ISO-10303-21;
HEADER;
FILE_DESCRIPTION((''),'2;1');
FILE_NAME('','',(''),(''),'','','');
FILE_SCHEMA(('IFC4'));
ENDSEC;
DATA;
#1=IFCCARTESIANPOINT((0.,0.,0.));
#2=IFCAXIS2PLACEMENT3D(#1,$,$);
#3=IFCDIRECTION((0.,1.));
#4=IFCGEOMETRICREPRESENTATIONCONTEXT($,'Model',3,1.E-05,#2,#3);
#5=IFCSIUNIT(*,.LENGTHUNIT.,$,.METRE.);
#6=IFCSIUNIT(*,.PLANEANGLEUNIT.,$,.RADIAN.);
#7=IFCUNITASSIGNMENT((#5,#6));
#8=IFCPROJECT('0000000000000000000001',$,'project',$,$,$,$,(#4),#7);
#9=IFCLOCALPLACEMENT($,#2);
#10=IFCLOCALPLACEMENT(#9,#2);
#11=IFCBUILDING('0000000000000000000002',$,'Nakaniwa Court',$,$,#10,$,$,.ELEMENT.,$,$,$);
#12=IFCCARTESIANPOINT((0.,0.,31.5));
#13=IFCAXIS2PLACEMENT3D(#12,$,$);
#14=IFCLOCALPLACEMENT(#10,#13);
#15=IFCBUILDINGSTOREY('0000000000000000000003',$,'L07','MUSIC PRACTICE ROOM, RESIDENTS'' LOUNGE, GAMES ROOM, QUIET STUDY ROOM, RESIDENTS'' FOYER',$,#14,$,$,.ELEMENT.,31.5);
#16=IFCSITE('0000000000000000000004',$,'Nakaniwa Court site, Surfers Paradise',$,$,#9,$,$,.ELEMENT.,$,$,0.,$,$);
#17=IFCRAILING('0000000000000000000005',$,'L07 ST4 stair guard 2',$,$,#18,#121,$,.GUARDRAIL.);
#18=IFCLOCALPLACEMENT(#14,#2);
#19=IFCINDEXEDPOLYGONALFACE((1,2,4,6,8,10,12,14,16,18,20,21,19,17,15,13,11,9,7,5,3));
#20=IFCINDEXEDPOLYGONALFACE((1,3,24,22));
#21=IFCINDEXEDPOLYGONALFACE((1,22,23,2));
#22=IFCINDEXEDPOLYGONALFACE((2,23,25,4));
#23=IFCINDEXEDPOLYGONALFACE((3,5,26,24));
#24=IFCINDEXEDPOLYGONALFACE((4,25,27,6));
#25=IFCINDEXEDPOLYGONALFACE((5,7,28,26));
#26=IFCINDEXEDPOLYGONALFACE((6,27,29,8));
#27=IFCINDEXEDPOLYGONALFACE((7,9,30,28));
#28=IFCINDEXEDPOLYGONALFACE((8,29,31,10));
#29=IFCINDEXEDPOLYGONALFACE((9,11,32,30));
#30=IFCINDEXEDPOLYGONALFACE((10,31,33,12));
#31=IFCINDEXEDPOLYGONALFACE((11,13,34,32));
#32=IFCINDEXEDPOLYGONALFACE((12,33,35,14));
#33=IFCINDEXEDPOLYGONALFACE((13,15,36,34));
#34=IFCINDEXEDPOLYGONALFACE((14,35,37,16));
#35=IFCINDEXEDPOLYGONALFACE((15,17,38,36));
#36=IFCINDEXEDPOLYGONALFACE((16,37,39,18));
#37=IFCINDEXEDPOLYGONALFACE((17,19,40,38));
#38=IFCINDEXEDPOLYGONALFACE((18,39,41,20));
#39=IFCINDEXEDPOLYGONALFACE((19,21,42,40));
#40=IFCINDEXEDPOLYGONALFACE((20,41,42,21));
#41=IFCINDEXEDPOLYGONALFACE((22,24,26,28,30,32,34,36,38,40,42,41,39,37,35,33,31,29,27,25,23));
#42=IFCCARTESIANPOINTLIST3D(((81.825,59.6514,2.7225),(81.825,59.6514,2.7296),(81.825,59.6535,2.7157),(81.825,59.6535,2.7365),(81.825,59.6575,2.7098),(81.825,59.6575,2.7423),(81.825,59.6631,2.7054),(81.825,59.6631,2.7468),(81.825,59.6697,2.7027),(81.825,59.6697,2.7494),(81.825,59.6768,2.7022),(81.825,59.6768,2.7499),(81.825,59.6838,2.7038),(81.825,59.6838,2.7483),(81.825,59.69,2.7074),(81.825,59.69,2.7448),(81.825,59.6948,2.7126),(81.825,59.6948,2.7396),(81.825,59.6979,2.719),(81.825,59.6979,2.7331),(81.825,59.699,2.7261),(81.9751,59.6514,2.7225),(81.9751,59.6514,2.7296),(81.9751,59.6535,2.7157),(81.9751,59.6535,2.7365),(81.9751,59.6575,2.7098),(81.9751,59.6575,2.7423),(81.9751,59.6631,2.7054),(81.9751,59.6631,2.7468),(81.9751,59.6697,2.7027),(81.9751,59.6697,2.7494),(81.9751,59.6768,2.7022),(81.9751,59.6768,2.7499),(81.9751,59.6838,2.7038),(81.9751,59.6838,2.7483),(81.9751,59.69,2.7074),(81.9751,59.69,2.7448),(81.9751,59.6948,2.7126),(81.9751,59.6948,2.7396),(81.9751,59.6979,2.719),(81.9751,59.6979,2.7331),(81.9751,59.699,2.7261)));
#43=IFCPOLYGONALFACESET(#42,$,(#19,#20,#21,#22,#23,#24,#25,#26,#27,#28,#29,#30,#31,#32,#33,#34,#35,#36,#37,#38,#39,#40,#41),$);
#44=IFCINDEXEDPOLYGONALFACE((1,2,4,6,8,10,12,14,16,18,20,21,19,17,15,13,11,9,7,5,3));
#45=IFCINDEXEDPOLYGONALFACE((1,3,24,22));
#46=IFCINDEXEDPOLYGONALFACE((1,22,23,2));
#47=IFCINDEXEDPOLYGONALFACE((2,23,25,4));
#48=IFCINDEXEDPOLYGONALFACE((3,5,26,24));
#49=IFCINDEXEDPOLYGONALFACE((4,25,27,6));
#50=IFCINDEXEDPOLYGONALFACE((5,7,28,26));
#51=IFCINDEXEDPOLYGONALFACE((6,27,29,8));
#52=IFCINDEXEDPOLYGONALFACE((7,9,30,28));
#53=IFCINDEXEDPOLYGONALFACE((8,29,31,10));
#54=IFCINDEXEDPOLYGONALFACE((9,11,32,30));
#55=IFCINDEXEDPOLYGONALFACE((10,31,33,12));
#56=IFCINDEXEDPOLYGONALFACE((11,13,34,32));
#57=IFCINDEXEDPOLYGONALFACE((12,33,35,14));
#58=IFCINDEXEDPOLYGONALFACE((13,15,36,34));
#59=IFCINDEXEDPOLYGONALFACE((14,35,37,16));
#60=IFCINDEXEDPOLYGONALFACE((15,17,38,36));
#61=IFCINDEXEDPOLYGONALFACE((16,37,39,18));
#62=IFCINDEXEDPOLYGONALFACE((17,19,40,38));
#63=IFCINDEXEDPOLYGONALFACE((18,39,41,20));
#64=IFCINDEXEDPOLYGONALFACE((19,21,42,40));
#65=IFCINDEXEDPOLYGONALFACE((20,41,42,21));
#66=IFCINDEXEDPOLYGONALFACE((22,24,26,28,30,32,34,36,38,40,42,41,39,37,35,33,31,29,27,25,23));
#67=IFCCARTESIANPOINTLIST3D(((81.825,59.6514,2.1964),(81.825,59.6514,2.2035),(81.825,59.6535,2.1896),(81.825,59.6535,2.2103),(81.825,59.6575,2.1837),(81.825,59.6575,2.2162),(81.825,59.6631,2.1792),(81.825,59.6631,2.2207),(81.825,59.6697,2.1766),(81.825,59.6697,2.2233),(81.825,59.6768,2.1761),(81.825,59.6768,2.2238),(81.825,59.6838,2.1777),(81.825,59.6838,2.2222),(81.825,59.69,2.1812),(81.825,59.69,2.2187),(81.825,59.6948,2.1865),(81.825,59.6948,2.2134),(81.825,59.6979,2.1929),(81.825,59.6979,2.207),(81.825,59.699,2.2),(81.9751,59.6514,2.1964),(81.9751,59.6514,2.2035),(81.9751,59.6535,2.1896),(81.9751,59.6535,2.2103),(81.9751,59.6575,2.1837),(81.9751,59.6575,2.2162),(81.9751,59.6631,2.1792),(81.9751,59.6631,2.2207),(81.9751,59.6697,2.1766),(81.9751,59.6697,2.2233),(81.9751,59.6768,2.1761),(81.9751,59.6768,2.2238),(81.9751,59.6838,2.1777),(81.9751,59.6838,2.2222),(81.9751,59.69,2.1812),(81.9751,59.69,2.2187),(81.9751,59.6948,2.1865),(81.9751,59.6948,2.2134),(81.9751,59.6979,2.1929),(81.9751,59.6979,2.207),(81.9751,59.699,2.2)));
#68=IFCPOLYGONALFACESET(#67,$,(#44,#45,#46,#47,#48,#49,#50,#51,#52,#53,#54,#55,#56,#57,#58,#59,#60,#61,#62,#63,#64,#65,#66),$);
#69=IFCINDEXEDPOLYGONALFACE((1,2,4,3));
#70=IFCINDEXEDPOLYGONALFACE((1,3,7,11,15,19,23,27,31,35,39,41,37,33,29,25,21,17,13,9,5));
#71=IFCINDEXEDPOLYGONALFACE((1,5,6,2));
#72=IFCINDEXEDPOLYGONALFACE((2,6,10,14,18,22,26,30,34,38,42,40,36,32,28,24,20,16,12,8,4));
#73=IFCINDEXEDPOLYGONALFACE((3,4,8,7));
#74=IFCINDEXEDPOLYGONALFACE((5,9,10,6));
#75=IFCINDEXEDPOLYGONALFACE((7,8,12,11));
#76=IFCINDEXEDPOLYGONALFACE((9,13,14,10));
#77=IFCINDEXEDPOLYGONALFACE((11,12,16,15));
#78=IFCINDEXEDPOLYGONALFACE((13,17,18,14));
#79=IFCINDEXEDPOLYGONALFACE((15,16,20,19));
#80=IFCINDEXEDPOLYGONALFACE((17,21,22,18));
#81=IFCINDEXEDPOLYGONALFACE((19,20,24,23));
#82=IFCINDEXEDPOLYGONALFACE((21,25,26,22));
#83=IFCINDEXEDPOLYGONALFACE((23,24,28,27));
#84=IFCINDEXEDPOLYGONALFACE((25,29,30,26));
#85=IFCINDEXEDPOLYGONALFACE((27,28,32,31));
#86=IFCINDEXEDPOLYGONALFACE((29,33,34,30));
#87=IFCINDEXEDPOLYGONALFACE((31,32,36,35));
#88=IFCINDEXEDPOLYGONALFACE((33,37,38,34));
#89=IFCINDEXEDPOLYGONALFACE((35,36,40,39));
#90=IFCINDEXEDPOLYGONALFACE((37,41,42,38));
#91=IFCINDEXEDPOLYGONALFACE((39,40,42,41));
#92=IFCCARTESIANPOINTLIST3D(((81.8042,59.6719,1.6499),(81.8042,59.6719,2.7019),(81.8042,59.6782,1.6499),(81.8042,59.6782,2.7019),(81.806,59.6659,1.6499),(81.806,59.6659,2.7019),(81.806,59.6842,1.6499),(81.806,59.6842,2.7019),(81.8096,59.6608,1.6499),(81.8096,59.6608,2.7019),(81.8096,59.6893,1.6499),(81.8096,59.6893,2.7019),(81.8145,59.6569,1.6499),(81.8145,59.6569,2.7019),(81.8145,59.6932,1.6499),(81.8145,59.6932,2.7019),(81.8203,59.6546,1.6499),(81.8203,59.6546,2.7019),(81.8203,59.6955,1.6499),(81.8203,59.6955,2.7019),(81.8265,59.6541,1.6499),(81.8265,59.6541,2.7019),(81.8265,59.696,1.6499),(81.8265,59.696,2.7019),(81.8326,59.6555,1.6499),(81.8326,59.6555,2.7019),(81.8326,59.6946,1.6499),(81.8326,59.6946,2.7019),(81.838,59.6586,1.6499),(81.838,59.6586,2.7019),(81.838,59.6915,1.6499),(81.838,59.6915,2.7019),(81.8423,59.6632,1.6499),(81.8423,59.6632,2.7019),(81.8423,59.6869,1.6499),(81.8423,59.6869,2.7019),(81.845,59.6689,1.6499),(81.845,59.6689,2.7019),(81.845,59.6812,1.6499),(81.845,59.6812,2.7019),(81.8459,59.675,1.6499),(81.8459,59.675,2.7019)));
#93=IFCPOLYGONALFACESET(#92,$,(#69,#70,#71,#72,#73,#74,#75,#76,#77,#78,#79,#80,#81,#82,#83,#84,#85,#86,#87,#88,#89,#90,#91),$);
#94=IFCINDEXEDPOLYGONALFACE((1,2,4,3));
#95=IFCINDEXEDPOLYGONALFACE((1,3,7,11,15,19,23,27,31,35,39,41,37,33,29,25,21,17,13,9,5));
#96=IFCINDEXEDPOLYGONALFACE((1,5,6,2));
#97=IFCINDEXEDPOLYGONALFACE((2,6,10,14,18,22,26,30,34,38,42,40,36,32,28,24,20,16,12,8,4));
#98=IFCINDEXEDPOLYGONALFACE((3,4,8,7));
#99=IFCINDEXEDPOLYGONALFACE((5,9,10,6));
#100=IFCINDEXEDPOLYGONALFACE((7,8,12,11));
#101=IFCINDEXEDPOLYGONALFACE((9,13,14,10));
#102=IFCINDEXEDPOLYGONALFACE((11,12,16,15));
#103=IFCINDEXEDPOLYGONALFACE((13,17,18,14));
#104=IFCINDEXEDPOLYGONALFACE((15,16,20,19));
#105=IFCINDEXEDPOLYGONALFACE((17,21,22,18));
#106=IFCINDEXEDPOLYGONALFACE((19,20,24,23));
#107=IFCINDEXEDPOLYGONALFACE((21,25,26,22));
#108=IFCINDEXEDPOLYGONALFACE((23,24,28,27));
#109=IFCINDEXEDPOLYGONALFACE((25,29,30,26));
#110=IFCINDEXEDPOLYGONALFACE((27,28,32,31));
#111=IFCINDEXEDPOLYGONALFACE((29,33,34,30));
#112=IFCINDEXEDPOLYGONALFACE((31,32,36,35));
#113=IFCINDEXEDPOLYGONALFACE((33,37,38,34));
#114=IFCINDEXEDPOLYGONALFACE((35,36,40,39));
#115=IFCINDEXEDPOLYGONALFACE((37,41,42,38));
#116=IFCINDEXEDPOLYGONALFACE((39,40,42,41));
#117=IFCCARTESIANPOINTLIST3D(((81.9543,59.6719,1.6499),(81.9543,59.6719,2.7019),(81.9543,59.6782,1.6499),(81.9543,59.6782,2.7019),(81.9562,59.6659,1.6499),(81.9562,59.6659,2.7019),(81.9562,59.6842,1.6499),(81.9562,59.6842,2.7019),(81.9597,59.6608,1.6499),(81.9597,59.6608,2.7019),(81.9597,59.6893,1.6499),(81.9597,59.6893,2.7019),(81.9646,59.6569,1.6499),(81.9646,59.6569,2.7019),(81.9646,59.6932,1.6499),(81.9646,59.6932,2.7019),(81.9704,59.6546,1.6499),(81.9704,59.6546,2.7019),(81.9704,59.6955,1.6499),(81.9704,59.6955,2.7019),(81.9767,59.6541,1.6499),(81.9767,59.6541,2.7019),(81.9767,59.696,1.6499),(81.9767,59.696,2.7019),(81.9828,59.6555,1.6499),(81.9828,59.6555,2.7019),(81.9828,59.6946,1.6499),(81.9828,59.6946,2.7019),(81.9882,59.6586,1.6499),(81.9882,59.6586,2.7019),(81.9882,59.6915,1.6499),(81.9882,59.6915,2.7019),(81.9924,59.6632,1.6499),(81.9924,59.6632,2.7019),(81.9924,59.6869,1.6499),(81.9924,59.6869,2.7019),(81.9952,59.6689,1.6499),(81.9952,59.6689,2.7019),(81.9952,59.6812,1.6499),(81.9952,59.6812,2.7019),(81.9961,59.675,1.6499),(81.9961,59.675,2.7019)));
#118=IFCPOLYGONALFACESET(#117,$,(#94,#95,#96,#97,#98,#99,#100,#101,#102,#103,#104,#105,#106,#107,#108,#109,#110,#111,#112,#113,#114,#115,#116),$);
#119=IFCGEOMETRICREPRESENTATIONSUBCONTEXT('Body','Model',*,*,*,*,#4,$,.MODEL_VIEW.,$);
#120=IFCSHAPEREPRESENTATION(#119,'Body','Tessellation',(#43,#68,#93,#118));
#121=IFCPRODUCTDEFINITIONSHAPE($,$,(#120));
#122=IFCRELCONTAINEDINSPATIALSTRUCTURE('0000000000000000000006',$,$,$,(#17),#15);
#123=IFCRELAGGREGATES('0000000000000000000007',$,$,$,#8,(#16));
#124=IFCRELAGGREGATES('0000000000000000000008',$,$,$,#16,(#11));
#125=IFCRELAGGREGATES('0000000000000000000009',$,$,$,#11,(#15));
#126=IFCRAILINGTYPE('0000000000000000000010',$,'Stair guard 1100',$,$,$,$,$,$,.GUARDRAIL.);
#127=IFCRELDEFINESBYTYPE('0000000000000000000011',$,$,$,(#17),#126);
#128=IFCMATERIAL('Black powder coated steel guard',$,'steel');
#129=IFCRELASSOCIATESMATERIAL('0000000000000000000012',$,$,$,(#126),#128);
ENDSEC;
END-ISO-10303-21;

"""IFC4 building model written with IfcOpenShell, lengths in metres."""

from ifc_helpers import new_model, si_unit, direction, frame, origin, origin_2d, place, context, subcontext, project, spatial, circle, extrude, material, type_object, element, save


model = new_model("IFC4")

# Units and contexts
model_context = context("Model", 3, precision=1e-05, world=origin(), true_north=direction((0.0, 1.0)))
body_context = subcontext(model_context, "Body", "Model", "MODEL_VIEW")
ifc_project = project(units=[si_unit("LENGTHUNIT", "METRE"), si_unit("PLANEANGLEUNIT", "RADIAN")], contexts=[model_context])

# Site, building, storey
site_placement = place(None, origin())
site = spatial("IfcSite", under=ifc_project, at=site_placement, Name="Nakaniwa Court site, Surfers Paradise", CompositionType="ELEMENT", RefElevation=0.0)
building_placement = place(site_placement, origin())
building = spatial("IfcBuilding", under=site, at=building_placement, Name="Nakaniwa Court", CompositionType="ELEMENT")
storey_placement = place(building_placement, frame((0.0, 0.0, 31.5)))
storey = spatial("IfcBuildingStorey", under=building, at=storey_placement, Name="L07", Description="MUSIC PRACTICE ROOM, RESIDENTS' LOUNGE, GAMES ROOM, QUIET STUDY ROOM, RESIDENTS' FOYER", CompositionType="ELEMENT", Elevation=31.5)

# Railing
ifc_material_1 = material(Name="Black powder coated steel guard", Category="steel")
railing_type_1 = type_object("IfcRailingType", Name="Stair guard 1100", PredefinedType="GUARDRAIL", material=ifc_material_1)
railing_1_placement = place(storey_placement, frame((81.825, 59.675, 1.6499)))
element("IfcRailing", 1, at=railing_1_placement, inside=storey, type_object=railing_type_1, Name="L07 ST4 stair guard 2", PredefinedType="GUARDRAIL", context=body_context, shape_type="SweptSolid", body=[
    extrude(circle(Radius=0.0239, at=origin_2d()), frame((0.0, 0.0, 1.0762), z_axis=(1.0, 0.0, 0.0), x_axis=(0.0, 1.0, 0.0)), (0.0, 0.0, 1.0), 0.1501),
    extrude(circle(Radius=0.0239, at=origin_2d()), frame((0.0, 0.0, 0.55), z_axis=(1.0, 0.0, 0.0), x_axis=(0.0, 1.0, 0.0)), (0.0, 0.0, 1.0), 0.1501),
    extrude(circle(Radius=0.021, at=origin_2d()), origin(), (0.0, 0.0, 1.0), 1.052),
    extrude(circle(Radius=0.021, at=origin_2d()), frame((0.1501, 0.0, 0.0)), (0.0, 0.0, 1.0), 1.052),
])

save(model, "model.ifc")
